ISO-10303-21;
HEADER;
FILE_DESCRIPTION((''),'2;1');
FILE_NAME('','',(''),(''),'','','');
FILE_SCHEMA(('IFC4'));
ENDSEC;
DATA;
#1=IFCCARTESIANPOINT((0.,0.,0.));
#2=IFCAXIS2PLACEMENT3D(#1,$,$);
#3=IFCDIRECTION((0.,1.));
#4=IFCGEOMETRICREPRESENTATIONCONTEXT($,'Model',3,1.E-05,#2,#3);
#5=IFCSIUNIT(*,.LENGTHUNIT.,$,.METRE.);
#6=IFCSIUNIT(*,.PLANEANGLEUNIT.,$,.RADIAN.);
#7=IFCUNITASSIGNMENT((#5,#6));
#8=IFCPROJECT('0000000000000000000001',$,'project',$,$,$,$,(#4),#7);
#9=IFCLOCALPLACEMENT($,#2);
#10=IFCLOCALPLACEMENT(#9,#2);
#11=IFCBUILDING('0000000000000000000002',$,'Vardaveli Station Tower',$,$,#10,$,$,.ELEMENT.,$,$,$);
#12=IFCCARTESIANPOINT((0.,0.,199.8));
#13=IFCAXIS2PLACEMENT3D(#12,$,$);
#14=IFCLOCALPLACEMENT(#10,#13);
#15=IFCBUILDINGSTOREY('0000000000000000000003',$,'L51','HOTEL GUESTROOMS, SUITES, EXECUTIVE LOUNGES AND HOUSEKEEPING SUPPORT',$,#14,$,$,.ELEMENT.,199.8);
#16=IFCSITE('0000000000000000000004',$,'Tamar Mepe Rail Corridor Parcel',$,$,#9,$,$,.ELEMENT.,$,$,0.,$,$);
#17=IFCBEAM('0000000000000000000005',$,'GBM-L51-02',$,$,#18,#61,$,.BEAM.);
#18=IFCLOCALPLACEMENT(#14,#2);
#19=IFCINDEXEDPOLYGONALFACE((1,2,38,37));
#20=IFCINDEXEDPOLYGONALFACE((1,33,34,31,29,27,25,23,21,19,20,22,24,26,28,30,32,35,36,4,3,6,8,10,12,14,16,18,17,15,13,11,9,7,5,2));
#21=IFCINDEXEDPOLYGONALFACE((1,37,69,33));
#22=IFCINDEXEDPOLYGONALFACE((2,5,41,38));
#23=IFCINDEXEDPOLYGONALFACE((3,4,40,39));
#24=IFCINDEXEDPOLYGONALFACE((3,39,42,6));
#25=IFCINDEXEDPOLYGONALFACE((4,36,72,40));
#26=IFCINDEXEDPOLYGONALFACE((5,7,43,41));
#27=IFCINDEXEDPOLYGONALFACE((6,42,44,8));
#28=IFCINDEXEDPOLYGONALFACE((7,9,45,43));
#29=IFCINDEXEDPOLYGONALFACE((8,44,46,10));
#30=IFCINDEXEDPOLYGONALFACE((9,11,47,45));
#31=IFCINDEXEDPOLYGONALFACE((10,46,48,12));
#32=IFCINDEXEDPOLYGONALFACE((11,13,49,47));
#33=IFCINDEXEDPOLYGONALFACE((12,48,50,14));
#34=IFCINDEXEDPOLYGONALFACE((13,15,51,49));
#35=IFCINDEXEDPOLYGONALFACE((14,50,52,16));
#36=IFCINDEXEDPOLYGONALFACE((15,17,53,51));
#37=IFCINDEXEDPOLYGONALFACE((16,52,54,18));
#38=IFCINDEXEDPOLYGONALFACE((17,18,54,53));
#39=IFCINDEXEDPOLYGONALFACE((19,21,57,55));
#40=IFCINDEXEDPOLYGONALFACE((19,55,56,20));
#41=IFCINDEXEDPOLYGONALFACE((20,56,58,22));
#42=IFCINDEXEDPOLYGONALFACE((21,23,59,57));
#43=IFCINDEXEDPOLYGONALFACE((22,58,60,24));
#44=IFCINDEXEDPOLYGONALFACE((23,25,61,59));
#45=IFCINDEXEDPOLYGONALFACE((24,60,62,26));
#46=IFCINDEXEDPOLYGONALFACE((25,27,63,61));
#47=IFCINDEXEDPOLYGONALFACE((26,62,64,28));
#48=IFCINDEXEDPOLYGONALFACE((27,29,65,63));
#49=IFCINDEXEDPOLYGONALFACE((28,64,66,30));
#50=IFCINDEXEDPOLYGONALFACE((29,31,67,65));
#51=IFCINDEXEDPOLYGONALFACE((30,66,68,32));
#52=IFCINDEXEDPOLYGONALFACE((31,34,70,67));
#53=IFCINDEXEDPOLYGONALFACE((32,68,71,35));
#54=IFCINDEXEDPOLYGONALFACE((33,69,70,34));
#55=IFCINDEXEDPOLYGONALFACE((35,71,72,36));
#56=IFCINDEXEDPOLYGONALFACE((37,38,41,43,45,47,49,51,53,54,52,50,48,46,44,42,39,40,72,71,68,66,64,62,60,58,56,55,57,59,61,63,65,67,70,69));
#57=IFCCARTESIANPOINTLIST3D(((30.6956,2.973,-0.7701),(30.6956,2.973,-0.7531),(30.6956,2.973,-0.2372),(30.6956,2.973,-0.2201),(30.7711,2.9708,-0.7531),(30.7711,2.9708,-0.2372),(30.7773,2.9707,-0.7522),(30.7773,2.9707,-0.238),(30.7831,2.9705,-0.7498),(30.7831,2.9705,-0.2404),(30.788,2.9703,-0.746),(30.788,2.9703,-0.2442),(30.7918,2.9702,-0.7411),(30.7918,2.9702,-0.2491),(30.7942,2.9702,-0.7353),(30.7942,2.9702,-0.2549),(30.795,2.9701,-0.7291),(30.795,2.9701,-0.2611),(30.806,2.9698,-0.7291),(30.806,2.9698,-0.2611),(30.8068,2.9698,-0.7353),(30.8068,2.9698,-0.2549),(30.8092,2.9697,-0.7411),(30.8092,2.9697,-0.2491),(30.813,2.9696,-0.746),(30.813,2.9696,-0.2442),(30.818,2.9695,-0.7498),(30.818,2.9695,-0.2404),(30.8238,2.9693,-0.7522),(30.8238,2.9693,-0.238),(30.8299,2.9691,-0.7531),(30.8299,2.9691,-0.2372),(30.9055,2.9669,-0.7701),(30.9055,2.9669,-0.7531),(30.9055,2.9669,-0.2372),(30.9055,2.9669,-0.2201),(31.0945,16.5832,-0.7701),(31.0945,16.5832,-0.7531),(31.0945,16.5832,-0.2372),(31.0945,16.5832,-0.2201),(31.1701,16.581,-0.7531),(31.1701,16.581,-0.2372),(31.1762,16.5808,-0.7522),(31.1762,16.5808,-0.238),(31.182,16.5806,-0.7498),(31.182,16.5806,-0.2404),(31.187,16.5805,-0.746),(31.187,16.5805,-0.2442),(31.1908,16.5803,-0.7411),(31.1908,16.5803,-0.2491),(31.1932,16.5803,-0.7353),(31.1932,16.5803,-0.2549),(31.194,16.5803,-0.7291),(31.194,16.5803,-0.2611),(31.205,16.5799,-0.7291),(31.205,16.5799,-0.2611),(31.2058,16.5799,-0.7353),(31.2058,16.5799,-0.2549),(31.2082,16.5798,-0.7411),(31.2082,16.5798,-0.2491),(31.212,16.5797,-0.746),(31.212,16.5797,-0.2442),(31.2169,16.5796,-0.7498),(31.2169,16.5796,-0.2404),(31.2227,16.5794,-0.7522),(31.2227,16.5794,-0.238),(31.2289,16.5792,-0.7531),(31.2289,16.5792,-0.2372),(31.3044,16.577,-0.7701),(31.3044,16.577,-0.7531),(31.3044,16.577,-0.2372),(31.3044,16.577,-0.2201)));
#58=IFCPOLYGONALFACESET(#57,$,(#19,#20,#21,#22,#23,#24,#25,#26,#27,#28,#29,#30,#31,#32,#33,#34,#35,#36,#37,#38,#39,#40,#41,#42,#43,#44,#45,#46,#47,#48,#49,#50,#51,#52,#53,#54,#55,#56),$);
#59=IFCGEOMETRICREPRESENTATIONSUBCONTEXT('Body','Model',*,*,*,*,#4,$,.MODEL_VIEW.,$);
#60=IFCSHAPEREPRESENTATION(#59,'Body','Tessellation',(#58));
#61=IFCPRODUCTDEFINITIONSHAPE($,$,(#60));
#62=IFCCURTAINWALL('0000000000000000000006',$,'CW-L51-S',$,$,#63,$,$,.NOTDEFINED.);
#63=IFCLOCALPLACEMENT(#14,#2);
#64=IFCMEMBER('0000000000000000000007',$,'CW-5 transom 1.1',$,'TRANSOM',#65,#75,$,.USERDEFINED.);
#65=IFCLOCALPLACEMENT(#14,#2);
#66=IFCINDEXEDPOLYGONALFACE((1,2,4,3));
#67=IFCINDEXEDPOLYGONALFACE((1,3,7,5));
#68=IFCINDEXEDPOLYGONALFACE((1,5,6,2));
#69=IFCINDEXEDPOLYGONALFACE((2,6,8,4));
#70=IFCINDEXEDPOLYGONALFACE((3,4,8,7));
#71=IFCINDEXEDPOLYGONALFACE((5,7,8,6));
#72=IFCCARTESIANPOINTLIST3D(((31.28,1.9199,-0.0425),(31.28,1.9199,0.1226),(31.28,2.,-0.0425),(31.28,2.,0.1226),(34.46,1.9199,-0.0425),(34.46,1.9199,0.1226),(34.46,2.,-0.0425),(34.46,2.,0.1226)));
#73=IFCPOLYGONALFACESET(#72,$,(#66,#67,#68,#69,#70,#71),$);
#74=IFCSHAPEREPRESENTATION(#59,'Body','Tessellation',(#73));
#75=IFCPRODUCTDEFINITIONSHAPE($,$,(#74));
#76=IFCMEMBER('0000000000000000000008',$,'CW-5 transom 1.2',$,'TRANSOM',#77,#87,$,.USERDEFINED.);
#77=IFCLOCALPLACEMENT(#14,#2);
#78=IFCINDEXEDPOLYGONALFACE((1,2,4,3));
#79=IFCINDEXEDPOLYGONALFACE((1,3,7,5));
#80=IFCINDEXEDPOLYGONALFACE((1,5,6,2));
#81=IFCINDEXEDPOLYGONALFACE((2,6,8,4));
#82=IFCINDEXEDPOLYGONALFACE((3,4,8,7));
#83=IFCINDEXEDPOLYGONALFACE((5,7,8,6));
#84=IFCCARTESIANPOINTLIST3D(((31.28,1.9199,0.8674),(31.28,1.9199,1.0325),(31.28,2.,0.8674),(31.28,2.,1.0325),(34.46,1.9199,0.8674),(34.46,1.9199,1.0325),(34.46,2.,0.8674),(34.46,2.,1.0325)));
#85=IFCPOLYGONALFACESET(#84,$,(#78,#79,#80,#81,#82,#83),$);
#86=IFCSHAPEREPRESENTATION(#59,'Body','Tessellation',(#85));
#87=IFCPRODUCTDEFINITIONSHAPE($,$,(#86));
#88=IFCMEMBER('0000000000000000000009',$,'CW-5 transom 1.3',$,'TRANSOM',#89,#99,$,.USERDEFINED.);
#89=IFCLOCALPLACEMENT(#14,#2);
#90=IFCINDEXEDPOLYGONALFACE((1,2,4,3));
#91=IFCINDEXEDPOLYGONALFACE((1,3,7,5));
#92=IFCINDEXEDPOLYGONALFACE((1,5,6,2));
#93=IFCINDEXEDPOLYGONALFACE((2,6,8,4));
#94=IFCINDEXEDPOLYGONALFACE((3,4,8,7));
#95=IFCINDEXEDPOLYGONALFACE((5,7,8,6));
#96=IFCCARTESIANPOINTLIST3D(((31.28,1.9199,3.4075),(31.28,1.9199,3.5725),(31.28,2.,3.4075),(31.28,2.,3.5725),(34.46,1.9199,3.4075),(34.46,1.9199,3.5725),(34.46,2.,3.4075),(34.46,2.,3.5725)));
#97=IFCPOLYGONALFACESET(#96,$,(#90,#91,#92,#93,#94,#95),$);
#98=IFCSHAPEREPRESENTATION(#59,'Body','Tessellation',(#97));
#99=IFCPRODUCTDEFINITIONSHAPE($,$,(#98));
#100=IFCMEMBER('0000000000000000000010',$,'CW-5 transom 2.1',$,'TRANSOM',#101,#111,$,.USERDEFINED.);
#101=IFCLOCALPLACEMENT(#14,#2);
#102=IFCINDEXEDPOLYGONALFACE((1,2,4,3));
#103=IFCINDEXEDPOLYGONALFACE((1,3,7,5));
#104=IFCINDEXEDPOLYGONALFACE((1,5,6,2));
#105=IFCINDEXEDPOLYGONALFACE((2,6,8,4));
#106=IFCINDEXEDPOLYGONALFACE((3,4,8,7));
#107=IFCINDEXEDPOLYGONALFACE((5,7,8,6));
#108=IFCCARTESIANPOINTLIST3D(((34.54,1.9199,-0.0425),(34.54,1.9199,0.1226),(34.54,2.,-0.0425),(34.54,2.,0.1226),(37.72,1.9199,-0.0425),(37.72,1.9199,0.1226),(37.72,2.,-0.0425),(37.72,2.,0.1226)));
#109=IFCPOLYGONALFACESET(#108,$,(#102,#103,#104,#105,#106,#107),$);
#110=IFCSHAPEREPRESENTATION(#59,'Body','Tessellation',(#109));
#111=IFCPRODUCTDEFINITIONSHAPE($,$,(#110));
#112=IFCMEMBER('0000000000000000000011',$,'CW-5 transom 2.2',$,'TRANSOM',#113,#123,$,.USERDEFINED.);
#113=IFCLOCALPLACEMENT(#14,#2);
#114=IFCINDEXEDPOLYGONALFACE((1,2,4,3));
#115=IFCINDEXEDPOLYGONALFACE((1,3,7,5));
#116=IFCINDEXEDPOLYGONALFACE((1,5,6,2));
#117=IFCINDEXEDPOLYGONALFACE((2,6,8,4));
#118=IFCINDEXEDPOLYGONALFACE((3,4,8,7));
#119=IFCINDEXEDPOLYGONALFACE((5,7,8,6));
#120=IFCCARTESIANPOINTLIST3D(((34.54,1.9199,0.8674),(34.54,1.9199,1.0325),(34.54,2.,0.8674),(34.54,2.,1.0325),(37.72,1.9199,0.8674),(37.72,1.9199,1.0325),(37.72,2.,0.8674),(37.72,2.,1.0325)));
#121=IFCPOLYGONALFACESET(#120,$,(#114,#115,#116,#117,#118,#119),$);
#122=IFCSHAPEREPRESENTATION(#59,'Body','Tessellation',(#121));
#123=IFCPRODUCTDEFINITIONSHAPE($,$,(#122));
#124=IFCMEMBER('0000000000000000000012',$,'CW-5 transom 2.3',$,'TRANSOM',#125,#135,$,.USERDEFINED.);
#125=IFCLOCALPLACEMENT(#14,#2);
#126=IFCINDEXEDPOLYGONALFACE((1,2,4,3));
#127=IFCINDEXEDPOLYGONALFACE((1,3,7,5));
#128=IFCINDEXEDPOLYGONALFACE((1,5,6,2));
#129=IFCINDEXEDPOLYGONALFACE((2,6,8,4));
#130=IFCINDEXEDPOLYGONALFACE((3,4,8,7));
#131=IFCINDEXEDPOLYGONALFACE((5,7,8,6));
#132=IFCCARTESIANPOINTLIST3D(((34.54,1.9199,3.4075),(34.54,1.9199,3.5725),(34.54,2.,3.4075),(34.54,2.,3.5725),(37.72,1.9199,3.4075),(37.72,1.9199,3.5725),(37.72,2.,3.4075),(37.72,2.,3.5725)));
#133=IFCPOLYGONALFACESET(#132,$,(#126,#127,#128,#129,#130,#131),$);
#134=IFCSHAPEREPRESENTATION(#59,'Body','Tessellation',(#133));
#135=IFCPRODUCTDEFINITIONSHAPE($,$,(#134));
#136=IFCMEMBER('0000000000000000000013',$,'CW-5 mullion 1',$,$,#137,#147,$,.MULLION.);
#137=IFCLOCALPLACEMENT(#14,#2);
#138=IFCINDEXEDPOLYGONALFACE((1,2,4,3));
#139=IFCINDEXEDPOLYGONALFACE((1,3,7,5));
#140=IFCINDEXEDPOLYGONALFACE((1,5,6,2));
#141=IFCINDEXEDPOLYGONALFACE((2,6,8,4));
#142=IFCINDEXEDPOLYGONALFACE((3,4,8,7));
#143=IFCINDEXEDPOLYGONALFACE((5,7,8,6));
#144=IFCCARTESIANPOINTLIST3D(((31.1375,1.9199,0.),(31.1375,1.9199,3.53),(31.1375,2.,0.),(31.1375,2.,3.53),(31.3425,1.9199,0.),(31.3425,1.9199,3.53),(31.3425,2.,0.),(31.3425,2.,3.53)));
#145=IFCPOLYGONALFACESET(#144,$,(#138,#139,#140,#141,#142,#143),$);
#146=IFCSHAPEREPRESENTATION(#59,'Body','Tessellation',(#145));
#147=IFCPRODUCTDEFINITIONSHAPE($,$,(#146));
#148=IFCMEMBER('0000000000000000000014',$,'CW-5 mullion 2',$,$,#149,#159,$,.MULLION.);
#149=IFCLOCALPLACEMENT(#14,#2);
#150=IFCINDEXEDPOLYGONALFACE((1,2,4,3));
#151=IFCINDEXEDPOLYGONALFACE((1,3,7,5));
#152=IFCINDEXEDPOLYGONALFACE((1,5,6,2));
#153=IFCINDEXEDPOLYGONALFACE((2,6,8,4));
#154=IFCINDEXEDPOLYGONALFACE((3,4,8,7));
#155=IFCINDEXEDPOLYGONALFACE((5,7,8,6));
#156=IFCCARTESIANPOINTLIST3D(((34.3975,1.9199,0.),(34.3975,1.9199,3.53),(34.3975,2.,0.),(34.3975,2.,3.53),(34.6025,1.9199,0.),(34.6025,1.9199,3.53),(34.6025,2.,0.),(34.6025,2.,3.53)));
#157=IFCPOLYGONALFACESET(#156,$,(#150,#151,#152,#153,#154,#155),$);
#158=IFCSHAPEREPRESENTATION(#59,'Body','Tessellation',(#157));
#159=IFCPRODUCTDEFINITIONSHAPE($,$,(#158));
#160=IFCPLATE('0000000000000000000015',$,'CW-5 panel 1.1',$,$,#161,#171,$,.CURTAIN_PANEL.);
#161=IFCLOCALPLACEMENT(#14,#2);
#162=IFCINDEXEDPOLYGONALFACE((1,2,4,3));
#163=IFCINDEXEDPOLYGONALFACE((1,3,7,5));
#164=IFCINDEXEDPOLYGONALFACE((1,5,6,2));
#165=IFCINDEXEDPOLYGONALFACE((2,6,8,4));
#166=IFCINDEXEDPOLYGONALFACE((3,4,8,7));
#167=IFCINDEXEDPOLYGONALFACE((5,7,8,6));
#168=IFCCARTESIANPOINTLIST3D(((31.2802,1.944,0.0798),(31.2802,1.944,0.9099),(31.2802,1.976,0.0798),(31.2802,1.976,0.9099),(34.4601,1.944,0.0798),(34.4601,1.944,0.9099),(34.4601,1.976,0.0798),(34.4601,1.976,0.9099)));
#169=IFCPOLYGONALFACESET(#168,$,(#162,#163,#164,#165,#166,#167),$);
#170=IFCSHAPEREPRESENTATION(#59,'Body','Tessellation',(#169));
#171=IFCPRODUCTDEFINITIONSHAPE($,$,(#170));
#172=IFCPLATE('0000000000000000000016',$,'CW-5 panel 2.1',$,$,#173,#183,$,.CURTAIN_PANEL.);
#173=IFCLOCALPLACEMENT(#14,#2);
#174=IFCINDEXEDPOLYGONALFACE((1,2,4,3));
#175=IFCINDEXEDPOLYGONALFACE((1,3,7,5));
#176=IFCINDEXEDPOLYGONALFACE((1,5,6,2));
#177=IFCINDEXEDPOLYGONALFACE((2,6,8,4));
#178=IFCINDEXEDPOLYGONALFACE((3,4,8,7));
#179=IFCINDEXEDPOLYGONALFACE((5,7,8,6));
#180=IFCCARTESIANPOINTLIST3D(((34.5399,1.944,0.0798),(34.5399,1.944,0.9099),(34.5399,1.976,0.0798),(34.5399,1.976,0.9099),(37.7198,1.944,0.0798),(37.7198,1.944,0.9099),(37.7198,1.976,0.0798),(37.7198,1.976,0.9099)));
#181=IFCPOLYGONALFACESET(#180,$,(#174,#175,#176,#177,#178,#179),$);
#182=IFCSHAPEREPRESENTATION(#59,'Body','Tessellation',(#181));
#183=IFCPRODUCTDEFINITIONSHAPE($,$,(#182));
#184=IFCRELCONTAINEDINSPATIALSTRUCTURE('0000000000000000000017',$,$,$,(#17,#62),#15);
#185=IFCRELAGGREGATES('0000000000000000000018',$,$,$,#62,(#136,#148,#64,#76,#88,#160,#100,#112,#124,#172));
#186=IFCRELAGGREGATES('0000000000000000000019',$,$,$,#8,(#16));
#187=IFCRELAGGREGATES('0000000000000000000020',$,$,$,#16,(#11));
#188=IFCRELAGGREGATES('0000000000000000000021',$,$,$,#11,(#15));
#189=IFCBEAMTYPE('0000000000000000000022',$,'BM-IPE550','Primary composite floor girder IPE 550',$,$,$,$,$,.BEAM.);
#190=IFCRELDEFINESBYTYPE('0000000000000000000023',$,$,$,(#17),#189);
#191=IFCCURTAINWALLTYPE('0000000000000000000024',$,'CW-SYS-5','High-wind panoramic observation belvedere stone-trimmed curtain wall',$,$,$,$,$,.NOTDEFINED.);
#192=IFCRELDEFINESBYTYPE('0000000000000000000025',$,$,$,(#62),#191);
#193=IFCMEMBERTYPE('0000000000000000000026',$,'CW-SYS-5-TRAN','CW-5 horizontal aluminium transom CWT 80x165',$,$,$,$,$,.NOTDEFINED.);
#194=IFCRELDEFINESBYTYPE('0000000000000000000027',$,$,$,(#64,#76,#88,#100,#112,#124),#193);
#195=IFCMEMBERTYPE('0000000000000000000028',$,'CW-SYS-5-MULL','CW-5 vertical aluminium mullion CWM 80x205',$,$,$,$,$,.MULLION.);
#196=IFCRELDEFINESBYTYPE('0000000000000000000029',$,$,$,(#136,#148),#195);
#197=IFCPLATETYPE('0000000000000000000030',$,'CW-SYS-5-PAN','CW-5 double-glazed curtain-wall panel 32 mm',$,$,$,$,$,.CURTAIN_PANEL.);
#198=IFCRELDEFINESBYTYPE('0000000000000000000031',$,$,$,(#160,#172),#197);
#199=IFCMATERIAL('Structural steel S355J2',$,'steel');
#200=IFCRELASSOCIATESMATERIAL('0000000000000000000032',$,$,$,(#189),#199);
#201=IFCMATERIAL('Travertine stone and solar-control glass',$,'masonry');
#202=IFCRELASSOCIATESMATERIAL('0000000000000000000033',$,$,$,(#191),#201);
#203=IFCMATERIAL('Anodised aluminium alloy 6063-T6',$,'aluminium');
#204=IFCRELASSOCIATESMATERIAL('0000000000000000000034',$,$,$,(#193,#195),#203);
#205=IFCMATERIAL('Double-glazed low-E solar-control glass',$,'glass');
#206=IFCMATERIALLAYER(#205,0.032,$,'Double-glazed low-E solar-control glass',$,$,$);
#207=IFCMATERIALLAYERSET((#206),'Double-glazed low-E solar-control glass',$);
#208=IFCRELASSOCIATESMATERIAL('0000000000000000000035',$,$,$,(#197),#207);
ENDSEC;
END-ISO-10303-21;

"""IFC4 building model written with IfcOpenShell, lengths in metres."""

from ifc_helpers import new_model, si_unit, direction, frame, origin, origin_2d, place, context, subcontext, project, spatial, rectangle, i_section, extrude, source, transform, mapped, material, layer, layer_set, material_profile, profile_set, type_object, element, aggregate, save


model = new_model("IFC4")

# Units and contexts
model_context = context("Model", 3, precision=1e-05, world=origin(), true_north=direction((0.0, 1.0)))
body_context = subcontext(model_context, "Body", "Model", "MODEL_VIEW")
ifc_project = project(units=[si_unit("LENGTHUNIT", "METRE"), si_unit("PLANEANGLEUNIT", "RADIAN")], contexts=[model_context])

# Site, building, storey
site_placement = place(None, origin())
site = spatial("IfcSite", under=ifc_project, at=site_placement, Name="Tamar Mepe Rail Corridor Parcel", CompositionType="ELEMENT", RefElevation=0.0)
building_placement = place(site_placement, origin())
building = spatial("IfcBuilding", under=site, at=building_placement, Name="Vardaveli Station Tower", CompositionType="ELEMENT")
storey_placement = place(building_placement, frame((0.0, 0.0, 199.8)))
storey = spatial("IfcBuildingStorey", under=building, at=storey_placement, Name="L51", Description="HOTEL GUESTROOMS, SUITES, EXECUTIVE LOUNGES AND HOUSEKEEPING SUPPORT", CompositionType="ELEMENT", Elevation=199.8)

# Beam
ifc_material_1 = material(Name="Structural steel S355J2", Category="steel")
ifc_material_profile_1 = material_profile(ifc_material_1, i_section(OverallWidth=0.21, OverallDepth=0.55, WebThickness=0.011, FlangeThickness=0.0171, FilletRadius=0.0239, at=origin_2d()), Name="IPE 550")
ifc_profile_set_1 = profile_set([ifc_material_profile_1], Name="Structural steel S355J2")
beam_type_1 = type_object("IfcBeamType", Name="BM-IPE550", Description="Primary composite floor girder IPE 550", PredefinedType="BEAM", material=ifc_profile_set_1)
shared_shape_1 = source(origin(), body_context, "Body", "SweptSolid", [
    extrude(i_section(OverallWidth=0.21, OverallDepth=0.55, WebThickness=0.011, FlangeThickness=0.0171, FilletRadius=0.0239, at=origin_2d()), origin(), (0.0, 0.0, 1.0), 13.616),
])
beam_1_placement = place(storey_placement, frame((30.8005, 2.97, -0.4951), z_axis=(0.029298, 0.999571, 0.0), x_axis=(-0.999571, 0.029298, 0.0)))
element("IfcBeam", 1, at=beam_1_placement, inside=storey, type_object=beam_type_1, Name="GBM-L51-02", PredefinedType="BEAM", context=body_context, shape_type="MappedRepresentation", body=[
    mapped(shared_shape_1, transform((0.0, 0.0, 0.0), scale=1.0)),
])

# Curtain wall, members, plates
ifc_material_2 = material(Name="Travertine stone and solar-control glass", Category="masonry")
curtain_wall_type = type_object("IfcCurtainWallType", Name="CW-SYS-5", Description="High-wind panoramic observation belvedere stone-trimmed curtain wall", PredefinedType="NOTDEFINED", material=ifc_material_2)
curtain_wall_placement = place(storey_placement, origin())
curtain_wall = element("IfcCurtainWall", 2, at=curtain_wall_placement, inside=storey, type_object=curtain_wall_type, Name="CW-L51-S", PredefinedType="NOTDEFINED")
ifc_material_3 = material(Name="Anodised aluminium alloy 6063-T6", Category="aluminium")
ifc_material_profile_2 = material_profile(ifc_material_3, rectangle(XDim=0.0801, YDim=0.165, at=origin_2d()), Name="CWT 80x165")
ifc_profile_set_2 = profile_set([ifc_material_profile_2], Name="Anodised aluminium alloy 6063-T6")
member_type_1 = type_object("IfcMemberType", Name="CW-SYS-5-TRAN", Description="CW-5 horizontal aluminium transom CWT 80x165", PredefinedType="NOTDEFINED", material=ifc_profile_set_2)
shared_shape_2 = source(origin(), body_context, "Body", "SweptSolid", [
    extrude(rectangle(XDim=0.0801, YDim=0.165, at=origin_2d()), origin(), (0.0, 0.0, 1.0), 3.1799),
])
member_1_placement = place(storey_placement, frame((31.28, 1.96, 0.04), z_axis=(1.0, 0.0, 0.0), x_axis=(0.0, 1.0, 0.0)))
member_1 = element("IfcMember", 3, at=member_1_placement, type_object=member_type_1, Name="CW-5 transom 1.1", ObjectType="TRANSOM", PredefinedType="USERDEFINED", context=body_context, shape_type="MappedRepresentation", body=[
    mapped(shared_shape_2, transform((0.0, 0.0, 0.0), scale=1.0)),
])
member_2_placement = place(storey_placement, frame((31.28, 1.96, 0.95), z_axis=(1.0, 0.0, 0.0), x_axis=(0.0, 1.0, 0.0)))
member_2 = element("IfcMember", 4, at=member_2_placement, type_object=member_type_1, Name="CW-5 transom 1.2", ObjectType="TRANSOM", PredefinedType="USERDEFINED", context=body_context, shape_type="MappedRepresentation", body=[
    mapped(shared_shape_2, transform((0.0, 0.0, 0.0), scale=1.0)),
])
member_3_placement = place(storey_placement, frame((31.28, 1.96, 3.49), z_axis=(1.0, 0.0, 0.0), x_axis=(0.0, 1.0, 0.0)))
member_3 = element("IfcMember", 5, at=member_3_placement, type_object=member_type_1, Name="CW-5 transom 1.3", ObjectType="TRANSOM", PredefinedType="USERDEFINED", context=body_context, shape_type="MappedRepresentation", body=[
    mapped(shared_shape_2, transform((0.0, 0.0, 0.0), scale=1.0)),
])
member_4_placement = place(storey_placement, frame((34.54, 1.96, 0.04), z_axis=(1.0, 0.0, 0.0), x_axis=(0.0, 1.0, 0.0)))
member_4 = element("IfcMember", 6, at=member_4_placement, type_object=member_type_1, Name="CW-5 transom 2.1", ObjectType="TRANSOM", PredefinedType="USERDEFINED", context=body_context, shape_type="MappedRepresentation", body=[
    mapped(shared_shape_2, transform((0.0, 0.0, 0.0), scale=1.0)),
])
member_5_placement = place(storey_placement, frame((34.54, 1.96, 0.95), z_axis=(1.0, 0.0, 0.0), x_axis=(0.0, 1.0, 0.0)))
member_5 = element("IfcMember", 7, at=member_5_placement, type_object=member_type_1, Name="CW-5 transom 2.2", ObjectType="TRANSOM", PredefinedType="USERDEFINED", context=body_context, shape_type="MappedRepresentation", body=[
    mapped(shared_shape_2, transform((0.0, 0.0, 0.0), scale=1.0)),
])
member_6_placement = place(storey_placement, frame((34.54, 1.96, 3.49), z_axis=(1.0, 0.0, 0.0), x_axis=(0.0, 1.0, 0.0)))
member_6 = element("IfcMember", 8, at=member_6_placement, type_object=member_type_1, Name="CW-5 transom 2.3", ObjectType="TRANSOM", PredefinedType="USERDEFINED", context=body_context, shape_type="MappedRepresentation", body=[
    mapped(shared_shape_2, transform((0.0, 0.0, 0.0), scale=1.0)),
])
ifc_material_profile_3 = material_profile(ifc_material_3, rectangle(XDim=0.0801, YDim=0.2051, at=origin_2d()), Name="CWM 80x205")
ifc_profile_set_3 = profile_set([ifc_material_profile_3], Name="Anodised aluminium alloy 6063-T6")
member_type_2 = type_object("IfcMemberType", Name="CW-SYS-5-MULL", Description="CW-5 vertical aluminium mullion CWM 80x205", PredefinedType="MULLION", material=ifc_profile_set_3)
shared_shape_3 = source(origin(), body_context, "Body", "SweptSolid", [
    extrude(rectangle(XDim=0.0801, YDim=0.2051, at=origin_2d()), origin(), (0.0, 0.0, 1.0), 3.53),
])
member_7_placement = place(storey_placement, frame((31.24, 1.96, 0.0), z_axis=(0.0, 0.0, 1.0), x_axis=(0.0, 1.0, 0.0)))
member_7 = element("IfcMember", 9, at=member_7_placement, type_object=member_type_2, Name="CW-5 mullion 1", PredefinedType="MULLION", context=body_context, shape_type="MappedRepresentation", body=[
    mapped(shared_shape_3, transform((0.0, 0.0, 0.0), scale=1.0)),
])
member_8_placement = place(storey_placement, frame((34.5, 1.96, 0.0), z_axis=(0.0, 0.0, 1.0), x_axis=(0.0, 1.0, 0.0)))
member_8 = element("IfcMember", 10, at=member_8_placement, type_object=member_type_2, Name="CW-5 mullion 2", PredefinedType="MULLION", context=body_context, shape_type="MappedRepresentation", body=[
    mapped(shared_shape_3, transform((0.0, 0.0, 0.0), scale=1.0)),
])
ifc_material_4 = material(Name="Double-glazed low-E solar-control glass", Category="glass")
ifc_layer_1 = layer(ifc_material_4, 0.032, Name="Double-glazed low-E solar-control glass")
ifc_layer_set_1 = layer_set([ifc_layer_1], Name="Double-glazed low-E solar-control glass")
plate_type = type_object("IfcPlateType", Name="CW-SYS-5-PAN", Description="CW-5 double-glazed curtain-wall panel 32 mm", PredefinedType="CURTAIN_PANEL", material=ifc_layer_set_1)
shared_shape_4 = source(origin(), body_context, "Body", "SweptSolid", [
    extrude(rectangle(XDim=3.1799, YDim=0.032, at=origin_2d()), origin(), (0.0, 0.0, 1.0), 0.8301),
])
plate_1_placement = place(storey_placement, frame((32.8701, 1.96, 0.0798), z_axis=(0.0, 0.0, 1.0), x_axis=(1.0, 0.0, 0.0)))
plate_1 = element("IfcPlate", 11, at=plate_1_placement, type_object=plate_type, Name="CW-5 panel 1.1", PredefinedType="CURTAIN_PANEL", context=body_context, shape_type="MappedRepresentation", body=[
    mapped(shared_shape_4, transform((0.0, 0.0, 0.0), scale=1.0)),
])
plate_2_placement = place(storey_placement, frame((36.1299, 1.96, 0.0798), z_axis=(0.0, 0.0, 1.0), x_axis=(1.0, 0.0, 0.0)))
plate_2 = element("IfcPlate", 12, at=plate_2_placement, type_object=plate_type, Name="CW-5 panel 2.1", PredefinedType="CURTAIN_PANEL", context=body_context, shape_type="MappedRepresentation", body=[
    mapped(shared_shape_4, transform((0.0, 0.0, 0.0), scale=1.0)),
])
aggregate(curtain_wall, [member_7, member_8, member_1, member_2, member_3, plate_1, member_4, member_5, member_6, plate_2])

save(model, "model.ifc")
